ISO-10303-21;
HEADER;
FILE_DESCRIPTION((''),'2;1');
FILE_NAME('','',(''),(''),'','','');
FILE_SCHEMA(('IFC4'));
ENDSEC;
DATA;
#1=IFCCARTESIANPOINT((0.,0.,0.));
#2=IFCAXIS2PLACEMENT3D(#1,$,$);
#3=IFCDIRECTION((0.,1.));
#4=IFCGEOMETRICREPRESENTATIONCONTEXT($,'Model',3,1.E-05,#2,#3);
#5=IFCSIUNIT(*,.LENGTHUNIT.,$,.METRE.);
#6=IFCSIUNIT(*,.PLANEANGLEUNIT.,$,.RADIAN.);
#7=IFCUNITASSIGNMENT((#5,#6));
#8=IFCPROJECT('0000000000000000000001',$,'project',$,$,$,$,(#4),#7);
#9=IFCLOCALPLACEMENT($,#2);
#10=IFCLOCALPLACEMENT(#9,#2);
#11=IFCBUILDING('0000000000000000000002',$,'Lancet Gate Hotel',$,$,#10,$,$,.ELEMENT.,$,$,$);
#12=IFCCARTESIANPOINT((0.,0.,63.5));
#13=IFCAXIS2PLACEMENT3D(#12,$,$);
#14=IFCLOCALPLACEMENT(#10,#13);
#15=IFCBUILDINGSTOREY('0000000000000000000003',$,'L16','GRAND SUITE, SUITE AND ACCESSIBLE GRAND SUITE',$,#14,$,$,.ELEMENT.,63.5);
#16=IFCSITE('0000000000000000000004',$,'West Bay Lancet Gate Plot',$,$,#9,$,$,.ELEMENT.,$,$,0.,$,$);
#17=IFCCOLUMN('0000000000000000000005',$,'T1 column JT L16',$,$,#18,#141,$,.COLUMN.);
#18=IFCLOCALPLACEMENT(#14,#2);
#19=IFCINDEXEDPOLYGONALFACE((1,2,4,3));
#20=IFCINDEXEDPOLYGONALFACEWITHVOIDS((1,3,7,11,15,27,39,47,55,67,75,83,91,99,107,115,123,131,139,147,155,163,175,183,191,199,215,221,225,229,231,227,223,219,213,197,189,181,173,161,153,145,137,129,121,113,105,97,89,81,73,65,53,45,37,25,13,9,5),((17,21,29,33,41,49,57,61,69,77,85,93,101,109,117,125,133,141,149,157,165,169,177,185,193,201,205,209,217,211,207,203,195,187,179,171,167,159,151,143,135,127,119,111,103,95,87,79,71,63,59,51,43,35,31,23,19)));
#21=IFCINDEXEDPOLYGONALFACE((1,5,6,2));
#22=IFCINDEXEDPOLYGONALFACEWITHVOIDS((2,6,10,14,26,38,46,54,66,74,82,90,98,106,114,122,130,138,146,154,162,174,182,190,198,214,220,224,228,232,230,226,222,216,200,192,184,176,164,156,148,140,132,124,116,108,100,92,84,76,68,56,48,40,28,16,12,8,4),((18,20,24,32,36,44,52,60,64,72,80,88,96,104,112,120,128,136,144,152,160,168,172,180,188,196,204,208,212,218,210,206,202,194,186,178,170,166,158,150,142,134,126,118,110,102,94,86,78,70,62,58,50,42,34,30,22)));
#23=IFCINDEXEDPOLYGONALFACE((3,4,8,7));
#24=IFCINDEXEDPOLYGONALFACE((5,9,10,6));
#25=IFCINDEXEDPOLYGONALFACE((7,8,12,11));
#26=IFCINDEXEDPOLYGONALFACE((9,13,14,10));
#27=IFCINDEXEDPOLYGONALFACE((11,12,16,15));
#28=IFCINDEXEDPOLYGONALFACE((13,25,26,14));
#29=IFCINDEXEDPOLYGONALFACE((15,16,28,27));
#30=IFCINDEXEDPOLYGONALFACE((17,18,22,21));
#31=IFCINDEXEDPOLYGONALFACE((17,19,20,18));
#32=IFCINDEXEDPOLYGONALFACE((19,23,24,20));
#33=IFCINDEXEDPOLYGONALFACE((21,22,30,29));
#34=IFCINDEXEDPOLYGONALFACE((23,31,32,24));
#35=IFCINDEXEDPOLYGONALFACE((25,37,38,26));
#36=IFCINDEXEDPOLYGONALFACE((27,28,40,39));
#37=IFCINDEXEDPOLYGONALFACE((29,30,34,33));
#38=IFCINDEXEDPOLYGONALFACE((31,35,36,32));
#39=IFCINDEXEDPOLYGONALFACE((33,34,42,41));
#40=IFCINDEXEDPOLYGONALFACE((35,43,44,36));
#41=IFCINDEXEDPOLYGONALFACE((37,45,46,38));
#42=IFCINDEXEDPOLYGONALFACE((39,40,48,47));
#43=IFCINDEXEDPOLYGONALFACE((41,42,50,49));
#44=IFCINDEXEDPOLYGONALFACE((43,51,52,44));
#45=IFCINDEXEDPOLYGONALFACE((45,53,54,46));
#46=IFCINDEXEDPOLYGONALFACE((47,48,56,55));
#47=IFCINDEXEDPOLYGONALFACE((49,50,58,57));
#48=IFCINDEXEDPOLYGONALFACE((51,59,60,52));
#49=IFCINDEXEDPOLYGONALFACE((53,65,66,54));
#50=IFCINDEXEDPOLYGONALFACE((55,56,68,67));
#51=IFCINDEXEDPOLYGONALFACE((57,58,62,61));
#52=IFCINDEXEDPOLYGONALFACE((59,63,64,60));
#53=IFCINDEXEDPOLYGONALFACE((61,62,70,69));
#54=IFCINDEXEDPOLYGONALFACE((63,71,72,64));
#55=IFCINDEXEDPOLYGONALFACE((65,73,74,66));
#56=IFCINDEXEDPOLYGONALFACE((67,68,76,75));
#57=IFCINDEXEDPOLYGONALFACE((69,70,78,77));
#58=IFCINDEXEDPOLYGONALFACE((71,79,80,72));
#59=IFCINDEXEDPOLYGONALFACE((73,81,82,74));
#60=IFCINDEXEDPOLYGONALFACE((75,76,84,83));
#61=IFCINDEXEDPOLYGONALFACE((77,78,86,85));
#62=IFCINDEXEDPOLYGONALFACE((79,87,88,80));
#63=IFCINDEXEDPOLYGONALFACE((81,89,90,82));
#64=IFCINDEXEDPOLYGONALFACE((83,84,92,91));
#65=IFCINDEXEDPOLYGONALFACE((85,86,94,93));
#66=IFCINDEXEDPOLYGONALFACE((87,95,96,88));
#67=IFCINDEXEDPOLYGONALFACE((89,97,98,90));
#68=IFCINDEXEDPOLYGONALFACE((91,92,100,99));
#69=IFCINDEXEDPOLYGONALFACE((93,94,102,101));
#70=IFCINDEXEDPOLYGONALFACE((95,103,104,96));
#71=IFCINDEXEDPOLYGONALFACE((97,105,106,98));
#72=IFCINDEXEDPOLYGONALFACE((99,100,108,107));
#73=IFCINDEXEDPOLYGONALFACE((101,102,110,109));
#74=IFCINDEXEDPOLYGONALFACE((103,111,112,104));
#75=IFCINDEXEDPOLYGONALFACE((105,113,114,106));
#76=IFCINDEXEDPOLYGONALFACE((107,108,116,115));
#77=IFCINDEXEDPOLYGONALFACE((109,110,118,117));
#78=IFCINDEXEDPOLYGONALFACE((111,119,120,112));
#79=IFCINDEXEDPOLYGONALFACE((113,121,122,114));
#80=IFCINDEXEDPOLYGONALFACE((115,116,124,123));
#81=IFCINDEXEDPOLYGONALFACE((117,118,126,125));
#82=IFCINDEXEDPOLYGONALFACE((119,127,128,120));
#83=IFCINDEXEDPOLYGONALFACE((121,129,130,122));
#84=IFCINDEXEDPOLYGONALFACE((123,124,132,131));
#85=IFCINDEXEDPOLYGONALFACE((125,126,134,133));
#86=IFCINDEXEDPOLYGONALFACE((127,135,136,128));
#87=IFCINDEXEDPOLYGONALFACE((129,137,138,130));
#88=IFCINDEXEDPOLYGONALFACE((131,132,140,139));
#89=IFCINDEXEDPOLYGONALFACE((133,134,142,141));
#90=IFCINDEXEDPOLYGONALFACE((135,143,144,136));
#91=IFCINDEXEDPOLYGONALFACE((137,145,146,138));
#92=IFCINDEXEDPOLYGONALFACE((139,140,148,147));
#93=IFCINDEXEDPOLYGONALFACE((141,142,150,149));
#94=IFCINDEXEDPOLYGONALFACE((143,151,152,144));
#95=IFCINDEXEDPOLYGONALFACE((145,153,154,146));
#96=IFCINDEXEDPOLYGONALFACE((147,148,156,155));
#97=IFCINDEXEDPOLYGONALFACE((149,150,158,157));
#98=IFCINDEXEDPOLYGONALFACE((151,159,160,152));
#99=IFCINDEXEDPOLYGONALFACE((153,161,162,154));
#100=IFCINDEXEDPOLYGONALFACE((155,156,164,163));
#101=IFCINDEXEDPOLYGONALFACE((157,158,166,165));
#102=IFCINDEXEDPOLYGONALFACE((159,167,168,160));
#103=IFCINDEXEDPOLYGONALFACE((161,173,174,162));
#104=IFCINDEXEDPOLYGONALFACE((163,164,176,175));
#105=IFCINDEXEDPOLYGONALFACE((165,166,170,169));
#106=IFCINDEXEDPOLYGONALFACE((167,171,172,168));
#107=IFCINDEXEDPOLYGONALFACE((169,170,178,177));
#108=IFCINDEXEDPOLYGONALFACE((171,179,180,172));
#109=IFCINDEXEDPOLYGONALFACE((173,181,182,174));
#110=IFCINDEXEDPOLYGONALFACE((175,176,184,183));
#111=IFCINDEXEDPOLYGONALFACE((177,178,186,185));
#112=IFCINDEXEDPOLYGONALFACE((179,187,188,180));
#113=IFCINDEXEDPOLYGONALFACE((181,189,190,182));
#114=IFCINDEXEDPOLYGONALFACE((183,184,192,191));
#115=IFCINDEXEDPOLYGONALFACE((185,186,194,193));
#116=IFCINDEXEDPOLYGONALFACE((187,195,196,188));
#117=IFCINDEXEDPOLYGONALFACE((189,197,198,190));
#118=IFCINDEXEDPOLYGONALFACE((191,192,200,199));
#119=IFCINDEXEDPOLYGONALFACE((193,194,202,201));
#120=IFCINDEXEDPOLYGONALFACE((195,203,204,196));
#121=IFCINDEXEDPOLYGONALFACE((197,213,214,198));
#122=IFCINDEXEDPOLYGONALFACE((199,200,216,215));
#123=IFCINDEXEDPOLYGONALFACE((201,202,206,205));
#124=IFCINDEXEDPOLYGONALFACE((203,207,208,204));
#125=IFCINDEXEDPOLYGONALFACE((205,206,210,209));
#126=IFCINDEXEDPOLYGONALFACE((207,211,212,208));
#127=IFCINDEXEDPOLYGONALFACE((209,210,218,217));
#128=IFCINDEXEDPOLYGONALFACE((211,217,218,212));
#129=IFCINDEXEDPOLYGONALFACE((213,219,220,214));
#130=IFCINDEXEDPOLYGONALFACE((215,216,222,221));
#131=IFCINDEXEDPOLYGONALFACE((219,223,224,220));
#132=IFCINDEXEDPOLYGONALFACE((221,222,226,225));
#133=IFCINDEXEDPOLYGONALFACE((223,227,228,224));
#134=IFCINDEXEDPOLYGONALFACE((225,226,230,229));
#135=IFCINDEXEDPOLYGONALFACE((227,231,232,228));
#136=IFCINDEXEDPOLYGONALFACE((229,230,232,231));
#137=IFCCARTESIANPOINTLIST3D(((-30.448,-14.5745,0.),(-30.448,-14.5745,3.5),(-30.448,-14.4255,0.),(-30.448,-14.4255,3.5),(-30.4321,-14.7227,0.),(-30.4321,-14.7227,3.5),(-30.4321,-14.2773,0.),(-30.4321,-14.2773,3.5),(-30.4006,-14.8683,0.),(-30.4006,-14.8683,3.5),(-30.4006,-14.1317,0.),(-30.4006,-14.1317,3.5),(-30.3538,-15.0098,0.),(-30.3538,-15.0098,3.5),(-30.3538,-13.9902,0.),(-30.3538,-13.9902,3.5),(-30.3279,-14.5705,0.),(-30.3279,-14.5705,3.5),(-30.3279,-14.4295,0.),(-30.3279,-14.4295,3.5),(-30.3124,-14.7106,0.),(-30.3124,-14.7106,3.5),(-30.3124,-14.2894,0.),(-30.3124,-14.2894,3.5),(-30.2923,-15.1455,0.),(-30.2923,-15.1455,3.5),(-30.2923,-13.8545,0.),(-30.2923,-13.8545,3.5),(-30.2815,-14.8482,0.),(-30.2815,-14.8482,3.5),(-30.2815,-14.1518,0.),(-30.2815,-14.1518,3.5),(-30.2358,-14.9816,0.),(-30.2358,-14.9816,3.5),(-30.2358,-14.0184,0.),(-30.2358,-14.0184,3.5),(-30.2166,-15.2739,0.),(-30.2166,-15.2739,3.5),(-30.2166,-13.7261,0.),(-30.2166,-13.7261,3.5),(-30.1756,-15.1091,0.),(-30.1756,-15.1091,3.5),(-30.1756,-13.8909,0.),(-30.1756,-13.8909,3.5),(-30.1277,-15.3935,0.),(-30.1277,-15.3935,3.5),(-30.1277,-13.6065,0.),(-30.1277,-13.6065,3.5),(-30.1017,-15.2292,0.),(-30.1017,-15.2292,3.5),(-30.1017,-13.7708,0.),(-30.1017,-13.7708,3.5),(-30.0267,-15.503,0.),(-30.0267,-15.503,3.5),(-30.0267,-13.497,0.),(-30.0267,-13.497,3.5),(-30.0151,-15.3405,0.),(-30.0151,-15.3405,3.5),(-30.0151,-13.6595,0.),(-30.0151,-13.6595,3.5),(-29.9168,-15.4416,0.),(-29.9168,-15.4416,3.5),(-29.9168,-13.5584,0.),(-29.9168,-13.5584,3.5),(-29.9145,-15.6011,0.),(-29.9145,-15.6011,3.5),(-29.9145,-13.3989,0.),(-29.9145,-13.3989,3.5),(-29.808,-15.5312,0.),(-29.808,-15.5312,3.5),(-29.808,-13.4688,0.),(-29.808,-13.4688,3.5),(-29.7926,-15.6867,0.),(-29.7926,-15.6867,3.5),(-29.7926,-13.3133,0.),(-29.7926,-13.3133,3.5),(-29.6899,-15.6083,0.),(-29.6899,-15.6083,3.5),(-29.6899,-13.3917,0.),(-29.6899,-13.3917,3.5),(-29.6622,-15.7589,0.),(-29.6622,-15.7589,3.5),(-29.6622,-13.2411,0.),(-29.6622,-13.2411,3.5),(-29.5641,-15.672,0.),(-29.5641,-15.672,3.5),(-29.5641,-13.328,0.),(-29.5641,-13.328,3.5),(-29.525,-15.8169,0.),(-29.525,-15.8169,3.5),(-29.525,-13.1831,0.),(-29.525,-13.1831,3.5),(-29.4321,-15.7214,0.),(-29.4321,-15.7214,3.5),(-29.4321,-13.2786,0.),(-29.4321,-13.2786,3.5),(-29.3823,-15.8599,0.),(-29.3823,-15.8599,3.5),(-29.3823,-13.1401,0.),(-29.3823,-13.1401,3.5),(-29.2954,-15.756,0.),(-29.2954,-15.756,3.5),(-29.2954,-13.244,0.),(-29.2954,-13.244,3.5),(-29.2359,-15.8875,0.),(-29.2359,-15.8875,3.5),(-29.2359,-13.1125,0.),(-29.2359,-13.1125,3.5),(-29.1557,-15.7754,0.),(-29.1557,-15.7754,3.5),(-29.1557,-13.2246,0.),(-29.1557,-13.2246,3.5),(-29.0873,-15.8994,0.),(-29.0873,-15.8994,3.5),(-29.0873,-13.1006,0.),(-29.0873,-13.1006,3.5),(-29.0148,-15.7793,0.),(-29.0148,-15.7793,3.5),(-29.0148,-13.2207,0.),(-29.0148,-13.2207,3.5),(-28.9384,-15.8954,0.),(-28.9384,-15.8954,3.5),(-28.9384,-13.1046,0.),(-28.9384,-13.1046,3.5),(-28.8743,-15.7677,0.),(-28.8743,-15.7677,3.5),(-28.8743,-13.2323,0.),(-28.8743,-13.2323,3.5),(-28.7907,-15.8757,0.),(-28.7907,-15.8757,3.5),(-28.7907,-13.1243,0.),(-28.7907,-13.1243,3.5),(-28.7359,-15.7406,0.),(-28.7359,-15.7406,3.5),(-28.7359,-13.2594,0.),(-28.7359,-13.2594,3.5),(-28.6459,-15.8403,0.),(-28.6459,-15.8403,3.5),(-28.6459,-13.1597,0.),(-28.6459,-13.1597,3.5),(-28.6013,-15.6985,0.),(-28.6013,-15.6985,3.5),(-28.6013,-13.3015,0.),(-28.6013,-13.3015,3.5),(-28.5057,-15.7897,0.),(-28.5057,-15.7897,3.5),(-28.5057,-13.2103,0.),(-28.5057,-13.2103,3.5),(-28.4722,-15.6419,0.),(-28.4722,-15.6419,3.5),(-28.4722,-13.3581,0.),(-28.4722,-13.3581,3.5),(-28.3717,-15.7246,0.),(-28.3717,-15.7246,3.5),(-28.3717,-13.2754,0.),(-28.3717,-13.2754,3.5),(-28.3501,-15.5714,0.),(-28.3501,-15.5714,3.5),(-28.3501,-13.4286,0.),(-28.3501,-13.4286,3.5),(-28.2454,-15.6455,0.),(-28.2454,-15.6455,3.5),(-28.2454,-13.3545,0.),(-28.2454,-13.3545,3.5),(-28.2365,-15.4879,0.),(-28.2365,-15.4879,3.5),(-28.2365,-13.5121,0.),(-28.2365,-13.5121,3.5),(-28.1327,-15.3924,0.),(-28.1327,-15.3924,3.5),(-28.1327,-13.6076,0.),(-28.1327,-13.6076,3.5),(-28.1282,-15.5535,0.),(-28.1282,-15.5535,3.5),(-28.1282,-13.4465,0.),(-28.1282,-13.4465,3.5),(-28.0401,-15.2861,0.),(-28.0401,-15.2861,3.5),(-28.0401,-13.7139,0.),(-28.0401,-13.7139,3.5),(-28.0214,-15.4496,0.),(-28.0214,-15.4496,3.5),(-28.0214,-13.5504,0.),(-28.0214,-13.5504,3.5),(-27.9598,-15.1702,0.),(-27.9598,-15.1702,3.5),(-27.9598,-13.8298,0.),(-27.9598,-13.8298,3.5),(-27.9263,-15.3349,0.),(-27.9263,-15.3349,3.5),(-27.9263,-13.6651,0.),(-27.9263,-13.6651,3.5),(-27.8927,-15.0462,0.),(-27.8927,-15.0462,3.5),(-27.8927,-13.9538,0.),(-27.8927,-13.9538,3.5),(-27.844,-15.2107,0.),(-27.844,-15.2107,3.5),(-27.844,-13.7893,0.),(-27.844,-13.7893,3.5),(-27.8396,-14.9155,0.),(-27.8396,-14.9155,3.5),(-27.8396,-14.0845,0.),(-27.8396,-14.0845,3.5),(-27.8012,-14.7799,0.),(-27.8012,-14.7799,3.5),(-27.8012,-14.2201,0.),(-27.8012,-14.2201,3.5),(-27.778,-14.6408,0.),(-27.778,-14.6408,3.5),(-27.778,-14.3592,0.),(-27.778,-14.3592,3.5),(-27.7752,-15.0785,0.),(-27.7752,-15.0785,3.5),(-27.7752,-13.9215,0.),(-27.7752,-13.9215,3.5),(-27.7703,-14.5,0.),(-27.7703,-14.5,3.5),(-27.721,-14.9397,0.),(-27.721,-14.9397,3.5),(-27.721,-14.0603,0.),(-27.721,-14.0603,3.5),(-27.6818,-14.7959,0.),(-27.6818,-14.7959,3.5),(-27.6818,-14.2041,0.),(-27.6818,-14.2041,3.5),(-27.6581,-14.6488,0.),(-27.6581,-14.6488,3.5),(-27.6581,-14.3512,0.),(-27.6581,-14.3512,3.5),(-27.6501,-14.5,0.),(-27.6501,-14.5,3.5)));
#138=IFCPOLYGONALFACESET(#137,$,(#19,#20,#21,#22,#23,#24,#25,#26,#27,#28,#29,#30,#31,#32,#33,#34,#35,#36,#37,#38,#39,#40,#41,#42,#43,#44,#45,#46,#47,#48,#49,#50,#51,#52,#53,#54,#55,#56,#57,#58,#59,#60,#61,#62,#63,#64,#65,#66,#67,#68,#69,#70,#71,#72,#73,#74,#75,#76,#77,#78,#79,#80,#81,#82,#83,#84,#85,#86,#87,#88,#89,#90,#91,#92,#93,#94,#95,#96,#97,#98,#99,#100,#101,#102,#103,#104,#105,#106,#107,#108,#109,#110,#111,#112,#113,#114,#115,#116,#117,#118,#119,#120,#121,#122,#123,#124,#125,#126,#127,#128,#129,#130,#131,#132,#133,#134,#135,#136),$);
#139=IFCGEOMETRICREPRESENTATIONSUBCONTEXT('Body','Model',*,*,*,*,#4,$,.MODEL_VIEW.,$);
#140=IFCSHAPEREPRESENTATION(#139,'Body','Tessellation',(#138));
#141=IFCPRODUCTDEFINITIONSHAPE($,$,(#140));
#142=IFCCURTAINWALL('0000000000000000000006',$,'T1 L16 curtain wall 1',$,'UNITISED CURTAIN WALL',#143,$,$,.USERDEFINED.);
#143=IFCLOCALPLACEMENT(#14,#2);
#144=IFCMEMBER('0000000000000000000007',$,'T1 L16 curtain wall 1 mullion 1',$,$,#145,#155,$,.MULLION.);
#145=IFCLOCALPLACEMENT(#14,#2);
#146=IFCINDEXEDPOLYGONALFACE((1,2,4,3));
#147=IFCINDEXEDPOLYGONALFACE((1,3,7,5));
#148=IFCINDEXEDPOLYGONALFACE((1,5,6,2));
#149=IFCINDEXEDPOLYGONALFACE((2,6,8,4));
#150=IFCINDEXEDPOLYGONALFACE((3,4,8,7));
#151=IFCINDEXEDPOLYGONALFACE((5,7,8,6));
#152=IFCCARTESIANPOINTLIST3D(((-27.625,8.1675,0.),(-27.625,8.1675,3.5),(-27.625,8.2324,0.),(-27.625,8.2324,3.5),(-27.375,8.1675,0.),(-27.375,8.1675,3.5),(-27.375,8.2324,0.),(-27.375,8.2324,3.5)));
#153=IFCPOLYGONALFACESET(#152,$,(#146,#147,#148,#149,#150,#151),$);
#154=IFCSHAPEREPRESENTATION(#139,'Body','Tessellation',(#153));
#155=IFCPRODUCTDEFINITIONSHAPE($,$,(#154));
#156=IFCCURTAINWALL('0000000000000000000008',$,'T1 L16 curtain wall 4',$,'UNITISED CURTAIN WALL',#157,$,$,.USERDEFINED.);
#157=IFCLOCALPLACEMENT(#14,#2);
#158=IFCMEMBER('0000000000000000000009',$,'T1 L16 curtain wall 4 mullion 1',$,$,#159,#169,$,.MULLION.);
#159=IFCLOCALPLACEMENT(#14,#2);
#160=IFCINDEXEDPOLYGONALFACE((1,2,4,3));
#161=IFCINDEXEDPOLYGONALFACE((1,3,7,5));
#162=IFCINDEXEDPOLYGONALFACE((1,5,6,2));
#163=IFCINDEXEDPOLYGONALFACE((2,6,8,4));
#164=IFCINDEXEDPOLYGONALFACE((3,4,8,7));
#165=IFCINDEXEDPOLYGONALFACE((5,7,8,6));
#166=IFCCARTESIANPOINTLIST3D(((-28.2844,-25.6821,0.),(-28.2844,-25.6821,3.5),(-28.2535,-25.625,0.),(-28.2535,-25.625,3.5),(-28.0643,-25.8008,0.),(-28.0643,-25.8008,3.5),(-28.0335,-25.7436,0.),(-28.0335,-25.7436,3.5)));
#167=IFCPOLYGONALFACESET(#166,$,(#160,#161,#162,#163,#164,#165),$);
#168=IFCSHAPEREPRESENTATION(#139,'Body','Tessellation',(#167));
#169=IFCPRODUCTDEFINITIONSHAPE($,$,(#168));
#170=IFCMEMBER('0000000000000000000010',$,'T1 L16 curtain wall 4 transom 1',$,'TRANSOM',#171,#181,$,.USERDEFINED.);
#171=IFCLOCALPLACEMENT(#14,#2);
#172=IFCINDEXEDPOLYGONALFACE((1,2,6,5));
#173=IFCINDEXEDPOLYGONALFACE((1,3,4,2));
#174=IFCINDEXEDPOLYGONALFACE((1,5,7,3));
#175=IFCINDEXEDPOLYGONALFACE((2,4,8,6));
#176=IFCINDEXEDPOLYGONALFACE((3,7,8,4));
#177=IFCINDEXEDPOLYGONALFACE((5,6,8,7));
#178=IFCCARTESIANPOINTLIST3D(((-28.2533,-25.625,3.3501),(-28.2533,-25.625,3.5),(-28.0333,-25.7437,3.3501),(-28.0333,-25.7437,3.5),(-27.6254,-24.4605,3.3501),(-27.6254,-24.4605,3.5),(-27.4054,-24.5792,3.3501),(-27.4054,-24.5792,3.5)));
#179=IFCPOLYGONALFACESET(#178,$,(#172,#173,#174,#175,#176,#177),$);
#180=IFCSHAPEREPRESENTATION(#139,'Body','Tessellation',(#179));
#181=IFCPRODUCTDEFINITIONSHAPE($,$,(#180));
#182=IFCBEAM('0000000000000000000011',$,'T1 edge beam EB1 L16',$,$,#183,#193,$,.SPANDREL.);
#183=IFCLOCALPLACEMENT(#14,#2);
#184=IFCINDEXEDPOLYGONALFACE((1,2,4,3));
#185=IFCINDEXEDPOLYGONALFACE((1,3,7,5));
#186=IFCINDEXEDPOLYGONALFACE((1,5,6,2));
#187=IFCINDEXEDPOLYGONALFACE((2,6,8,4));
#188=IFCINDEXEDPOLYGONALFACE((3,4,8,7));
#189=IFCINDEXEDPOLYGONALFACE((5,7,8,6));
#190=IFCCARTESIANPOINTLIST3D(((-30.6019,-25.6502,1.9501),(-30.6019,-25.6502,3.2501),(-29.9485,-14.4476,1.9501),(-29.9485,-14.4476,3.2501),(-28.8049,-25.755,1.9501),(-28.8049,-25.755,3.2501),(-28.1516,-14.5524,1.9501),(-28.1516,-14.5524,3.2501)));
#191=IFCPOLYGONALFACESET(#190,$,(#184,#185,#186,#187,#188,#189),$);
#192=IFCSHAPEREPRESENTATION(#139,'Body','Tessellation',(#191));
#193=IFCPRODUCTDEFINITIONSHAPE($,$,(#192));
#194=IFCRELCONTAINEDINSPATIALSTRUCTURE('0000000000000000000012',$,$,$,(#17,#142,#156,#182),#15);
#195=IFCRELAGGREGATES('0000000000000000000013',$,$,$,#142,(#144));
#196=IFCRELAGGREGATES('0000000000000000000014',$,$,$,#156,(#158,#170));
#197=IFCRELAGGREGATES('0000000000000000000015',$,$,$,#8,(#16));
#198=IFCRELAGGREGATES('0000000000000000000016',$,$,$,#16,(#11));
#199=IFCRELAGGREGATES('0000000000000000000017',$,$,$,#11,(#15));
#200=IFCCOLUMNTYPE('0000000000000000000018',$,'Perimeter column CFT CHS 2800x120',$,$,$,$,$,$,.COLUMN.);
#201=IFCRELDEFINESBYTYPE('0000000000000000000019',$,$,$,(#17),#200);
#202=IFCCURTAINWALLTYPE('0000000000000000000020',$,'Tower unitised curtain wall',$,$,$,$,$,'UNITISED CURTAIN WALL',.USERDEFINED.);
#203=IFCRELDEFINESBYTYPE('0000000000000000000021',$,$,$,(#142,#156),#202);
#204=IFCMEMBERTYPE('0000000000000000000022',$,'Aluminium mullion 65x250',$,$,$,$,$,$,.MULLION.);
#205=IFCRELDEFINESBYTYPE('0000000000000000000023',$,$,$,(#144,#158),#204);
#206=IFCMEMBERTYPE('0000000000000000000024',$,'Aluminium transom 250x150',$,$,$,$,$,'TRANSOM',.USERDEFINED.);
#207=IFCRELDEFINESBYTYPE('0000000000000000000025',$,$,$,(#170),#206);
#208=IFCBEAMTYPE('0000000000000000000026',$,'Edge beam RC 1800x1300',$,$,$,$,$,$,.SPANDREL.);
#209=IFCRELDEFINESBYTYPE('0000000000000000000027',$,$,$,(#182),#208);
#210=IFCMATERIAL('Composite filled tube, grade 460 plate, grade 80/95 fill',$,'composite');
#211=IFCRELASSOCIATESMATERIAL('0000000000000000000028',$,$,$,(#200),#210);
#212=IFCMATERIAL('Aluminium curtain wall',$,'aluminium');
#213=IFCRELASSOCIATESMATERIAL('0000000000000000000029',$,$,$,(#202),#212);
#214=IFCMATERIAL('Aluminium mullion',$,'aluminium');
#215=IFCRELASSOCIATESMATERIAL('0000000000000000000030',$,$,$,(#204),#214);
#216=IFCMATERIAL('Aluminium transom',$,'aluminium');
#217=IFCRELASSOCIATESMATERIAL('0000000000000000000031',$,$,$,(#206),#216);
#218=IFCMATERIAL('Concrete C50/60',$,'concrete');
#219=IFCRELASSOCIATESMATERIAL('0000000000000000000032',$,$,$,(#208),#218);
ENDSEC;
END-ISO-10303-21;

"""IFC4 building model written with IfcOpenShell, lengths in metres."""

from ifc_helpers import new_model, si_unit, direction, frame, origin, origin_2d, place, context, subcontext, project, spatial, rectangle, hollow_circle, extrude, material, material_profile, profile_set, type_object, element, aggregate, save


model = new_model("IFC4")

# Units and contexts
model_context = context("Model", 3, precision=1e-05, world=origin(), true_north=direction((0.0, 1.0)))
body_context = subcontext(model_context, "Body", "Model", "MODEL_VIEW")
ifc_project = project(units=[si_unit("LENGTHUNIT", "METRE"), si_unit("PLANEANGLEUNIT", "RADIAN")], contexts=[model_context])

# Site, building, storey
site_placement = place(None, origin())
site = spatial("IfcSite", under=ifc_project, at=site_placement, Name="West Bay Lancet Gate Plot", CompositionType="ELEMENT", RefElevation=0.0)
building_placement = place(site_placement, origin())
building = spatial("IfcBuilding", under=site, at=building_placement, Name="Lancet Gate Hotel", CompositionType="ELEMENT")
storey_placement = place(building_placement, frame((0.0, 0.0, 63.5)))
storey = spatial("IfcBuildingStorey", under=building, at=storey_placement, Name="L16", Description="GRAND SUITE, SUITE AND ACCESSIBLE GRAND SUITE", CompositionType="ELEMENT", Elevation=63.5)

# Column
ifc_material_1 = material(Name="Composite filled tube, grade 460 plate, grade 80/95 fill", Category="composite")
ifc_material_profile_1 = material_profile(ifc_material_1, hollow_circle(Radius=1.3999, WallThickness=0.1201, at=origin_2d()), Name="CHS 2800x120")
ifc_profile_set_1 = profile_set([ifc_material_profile_1], Name="Composite filled tube, grade 460 plate, grade 80/95 fill")
column_type = type_object("IfcColumnType", Name="Perimeter column CFT CHS 2800x120", PredefinedType="COLUMN", material=ifc_profile_set_1)
for number, where, z_axis, x_axis, name in (
    (1, (-29.05, -14.5, 0.0), (0.0, 0.0, 1.0), (1.0, 0.0, 0.0), "T1 column JT L16"),
):
    element("IfcColumn", number, at=place(storey_placement, frame(where, z_axis=z_axis, x_axis=x_axis)), inside=storey, type_object=column_type, Name=name, PredefinedType="COLUMN", context=body_context, shape_type="SweptSolid", body=[
        extrude(hollow_circle(Radius=1.3999, WallThickness=0.1201, at=origin_2d()), origin(), (0.0, 0.0, 1.0), 3.5),
    ])

# Curtain wall, member
ifc_material_2 = material(Name="Aluminium curtain wall", Category="aluminium")
curtain_wall_type = type_object("IfcCurtainWallType", Name="Tower unitised curtain wall", ElementType="UNITISED CURTAIN WALL", PredefinedType="USERDEFINED", material=ifc_material_2)
curtain_wall_1_placement = place(storey_placement, origin())
curtain_wall_1 = element("IfcCurtainWall", 2, at=curtain_wall_1_placement, inside=storey, type_object=curtain_wall_type, Name="T1 L16 curtain wall 1", ObjectType="UNITISED CURTAIN WALL", PredefinedType="USERDEFINED")
ifc_material_3 = material(Name="Aluminium mullion", Category="aluminium")
ifc_material_profile_2 = material_profile(ifc_material_3, rectangle(XDim=0.0649, YDim=0.25, at=origin_2d()), Name="MULLION 65x250")
ifc_profile_set_2 = profile_set([ifc_material_profile_2], Name="Aluminium mullion")
member_type_1 = type_object("IfcMemberType", Name="Aluminium mullion 65x250", PredefinedType="MULLION", material=ifc_profile_set_2)
member_1_placement = place(storey_placement, frame((-27.5, 8.2, 0.0), z_axis=(0.0, 0.0, 1.0), x_axis=(0.0, 1.0, 0.0)))
member_1 = element("IfcMember", 3, at=member_1_placement, type_object=member_type_1, Name="T1 L16 curtain wall 1 mullion 1", PredefinedType="MULLION", context=body_context, shape_type="SweptSolid", body=[
    extrude(rectangle(XDim=0.0649, YDim=0.25, at=origin_2d()), origin(), (0.0, 0.0, 1.0), 3.5),
])
aggregate(curtain_wall_1, [member_1])

# Curtain wall, members
curtain_wall_2_placement = place(storey_placement, origin())
curtain_wall_2 = element("IfcCurtainWall", 4, at=curtain_wall_2_placement, inside=storey, type_object=curtain_wall_type, Name="T1 L16 curtain wall 4", ObjectType="UNITISED CURTAIN WALL", PredefinedType="USERDEFINED")
member_2_placement = place(storey_placement, frame((-28.1589, -25.7129, 0.0), z_axis=(0.0, 0.0, 1.0), x_axis=(0.474631, 0.880185, 0.0)))
member_2 = element("IfcMember", 5, at=member_2_placement, type_object=member_type_1, Name="T1 L16 curtain wall 4 mullion 1", PredefinedType="MULLION", context=body_context, shape_type="SweptSolid", body=[
    extrude(rectangle(XDim=0.0649, YDim=0.25, at=origin_2d()), origin(), (0.0, 0.0, 1.0), 3.5),
])
ifc_material_4 = material(Name="Aluminium transom", Category="aluminium")
ifc_material_profile_3 = material_profile(ifc_material_4, rectangle(XDim=0.25, YDim=0.1499, at=origin_2d()), Name="TRANSOM 250x150")
ifc_profile_set_3 = profile_set([ifc_material_profile_3], Name="Aluminium transom")
member_type_2 = type_object("IfcMemberType", Name="Aluminium transom 250x150", ElementType="TRANSOM", PredefinedType="USERDEFINED", material=ifc_profile_set_3)
member_3_placement = place(storey_placement, frame((-28.1433, -25.6843, 3.425), z_axis=(0.474606, 0.880198, 0.0), x_axis=(-0.880198, 0.474606, 0.0)))
member_3 = element("IfcMember", 6, at=member_3_placement, type_object=member_type_2, Name="T1 L16 curtain wall 4 transom 1", ObjectType="TRANSOM", PredefinedType="USERDEFINED", context=body_context, shape_type="SweptSolid", body=[
    extrude(rectangle(XDim=0.25, YDim=0.1499, at=origin_2d()), origin(), (0.0, 0.0, 1.0), 1.323),
])

# Beam
ifc_material_5 = material(Name="Concrete C50/60", Category="concrete")
ifc_material_profile_4 = material_profile(ifc_material_5, rectangle(XDim=1.8, YDim=1.3, at=origin_2d()), Name="RC 1800x1300")
ifc_profile_set_4 = profile_set([ifc_material_profile_4], Name="Concrete C50/60")
beam_type_1 = type_object("IfcBeamType", Name="Edge beam RC 1800x1300", PredefinedType="SPANDREL", material=ifc_profile_set_4)
beam_1_placement = place(storey_placement, frame((-29.05, -14.5, 2.6001), z_axis=(-0.05822, -0.998304, 0.0), x_axis=(0.998304, -0.05822, 0.0)))
element("IfcBeam", 7, at=beam_1_placement, inside=storey, type_object=beam_type_1, Name="T1 edge beam EB1 L16", PredefinedType="SPANDREL", context=body_context, shape_type="SweptSolid", body=[
    extrude(rectangle(XDim=1.8, YDim=1.3, at=origin_2d()), origin(), (0.0, 0.0, 1.0), 11.2217),
])

aggregate(curtain_wall_2, [member_2, member_3])

save(model, "model.ifc")
